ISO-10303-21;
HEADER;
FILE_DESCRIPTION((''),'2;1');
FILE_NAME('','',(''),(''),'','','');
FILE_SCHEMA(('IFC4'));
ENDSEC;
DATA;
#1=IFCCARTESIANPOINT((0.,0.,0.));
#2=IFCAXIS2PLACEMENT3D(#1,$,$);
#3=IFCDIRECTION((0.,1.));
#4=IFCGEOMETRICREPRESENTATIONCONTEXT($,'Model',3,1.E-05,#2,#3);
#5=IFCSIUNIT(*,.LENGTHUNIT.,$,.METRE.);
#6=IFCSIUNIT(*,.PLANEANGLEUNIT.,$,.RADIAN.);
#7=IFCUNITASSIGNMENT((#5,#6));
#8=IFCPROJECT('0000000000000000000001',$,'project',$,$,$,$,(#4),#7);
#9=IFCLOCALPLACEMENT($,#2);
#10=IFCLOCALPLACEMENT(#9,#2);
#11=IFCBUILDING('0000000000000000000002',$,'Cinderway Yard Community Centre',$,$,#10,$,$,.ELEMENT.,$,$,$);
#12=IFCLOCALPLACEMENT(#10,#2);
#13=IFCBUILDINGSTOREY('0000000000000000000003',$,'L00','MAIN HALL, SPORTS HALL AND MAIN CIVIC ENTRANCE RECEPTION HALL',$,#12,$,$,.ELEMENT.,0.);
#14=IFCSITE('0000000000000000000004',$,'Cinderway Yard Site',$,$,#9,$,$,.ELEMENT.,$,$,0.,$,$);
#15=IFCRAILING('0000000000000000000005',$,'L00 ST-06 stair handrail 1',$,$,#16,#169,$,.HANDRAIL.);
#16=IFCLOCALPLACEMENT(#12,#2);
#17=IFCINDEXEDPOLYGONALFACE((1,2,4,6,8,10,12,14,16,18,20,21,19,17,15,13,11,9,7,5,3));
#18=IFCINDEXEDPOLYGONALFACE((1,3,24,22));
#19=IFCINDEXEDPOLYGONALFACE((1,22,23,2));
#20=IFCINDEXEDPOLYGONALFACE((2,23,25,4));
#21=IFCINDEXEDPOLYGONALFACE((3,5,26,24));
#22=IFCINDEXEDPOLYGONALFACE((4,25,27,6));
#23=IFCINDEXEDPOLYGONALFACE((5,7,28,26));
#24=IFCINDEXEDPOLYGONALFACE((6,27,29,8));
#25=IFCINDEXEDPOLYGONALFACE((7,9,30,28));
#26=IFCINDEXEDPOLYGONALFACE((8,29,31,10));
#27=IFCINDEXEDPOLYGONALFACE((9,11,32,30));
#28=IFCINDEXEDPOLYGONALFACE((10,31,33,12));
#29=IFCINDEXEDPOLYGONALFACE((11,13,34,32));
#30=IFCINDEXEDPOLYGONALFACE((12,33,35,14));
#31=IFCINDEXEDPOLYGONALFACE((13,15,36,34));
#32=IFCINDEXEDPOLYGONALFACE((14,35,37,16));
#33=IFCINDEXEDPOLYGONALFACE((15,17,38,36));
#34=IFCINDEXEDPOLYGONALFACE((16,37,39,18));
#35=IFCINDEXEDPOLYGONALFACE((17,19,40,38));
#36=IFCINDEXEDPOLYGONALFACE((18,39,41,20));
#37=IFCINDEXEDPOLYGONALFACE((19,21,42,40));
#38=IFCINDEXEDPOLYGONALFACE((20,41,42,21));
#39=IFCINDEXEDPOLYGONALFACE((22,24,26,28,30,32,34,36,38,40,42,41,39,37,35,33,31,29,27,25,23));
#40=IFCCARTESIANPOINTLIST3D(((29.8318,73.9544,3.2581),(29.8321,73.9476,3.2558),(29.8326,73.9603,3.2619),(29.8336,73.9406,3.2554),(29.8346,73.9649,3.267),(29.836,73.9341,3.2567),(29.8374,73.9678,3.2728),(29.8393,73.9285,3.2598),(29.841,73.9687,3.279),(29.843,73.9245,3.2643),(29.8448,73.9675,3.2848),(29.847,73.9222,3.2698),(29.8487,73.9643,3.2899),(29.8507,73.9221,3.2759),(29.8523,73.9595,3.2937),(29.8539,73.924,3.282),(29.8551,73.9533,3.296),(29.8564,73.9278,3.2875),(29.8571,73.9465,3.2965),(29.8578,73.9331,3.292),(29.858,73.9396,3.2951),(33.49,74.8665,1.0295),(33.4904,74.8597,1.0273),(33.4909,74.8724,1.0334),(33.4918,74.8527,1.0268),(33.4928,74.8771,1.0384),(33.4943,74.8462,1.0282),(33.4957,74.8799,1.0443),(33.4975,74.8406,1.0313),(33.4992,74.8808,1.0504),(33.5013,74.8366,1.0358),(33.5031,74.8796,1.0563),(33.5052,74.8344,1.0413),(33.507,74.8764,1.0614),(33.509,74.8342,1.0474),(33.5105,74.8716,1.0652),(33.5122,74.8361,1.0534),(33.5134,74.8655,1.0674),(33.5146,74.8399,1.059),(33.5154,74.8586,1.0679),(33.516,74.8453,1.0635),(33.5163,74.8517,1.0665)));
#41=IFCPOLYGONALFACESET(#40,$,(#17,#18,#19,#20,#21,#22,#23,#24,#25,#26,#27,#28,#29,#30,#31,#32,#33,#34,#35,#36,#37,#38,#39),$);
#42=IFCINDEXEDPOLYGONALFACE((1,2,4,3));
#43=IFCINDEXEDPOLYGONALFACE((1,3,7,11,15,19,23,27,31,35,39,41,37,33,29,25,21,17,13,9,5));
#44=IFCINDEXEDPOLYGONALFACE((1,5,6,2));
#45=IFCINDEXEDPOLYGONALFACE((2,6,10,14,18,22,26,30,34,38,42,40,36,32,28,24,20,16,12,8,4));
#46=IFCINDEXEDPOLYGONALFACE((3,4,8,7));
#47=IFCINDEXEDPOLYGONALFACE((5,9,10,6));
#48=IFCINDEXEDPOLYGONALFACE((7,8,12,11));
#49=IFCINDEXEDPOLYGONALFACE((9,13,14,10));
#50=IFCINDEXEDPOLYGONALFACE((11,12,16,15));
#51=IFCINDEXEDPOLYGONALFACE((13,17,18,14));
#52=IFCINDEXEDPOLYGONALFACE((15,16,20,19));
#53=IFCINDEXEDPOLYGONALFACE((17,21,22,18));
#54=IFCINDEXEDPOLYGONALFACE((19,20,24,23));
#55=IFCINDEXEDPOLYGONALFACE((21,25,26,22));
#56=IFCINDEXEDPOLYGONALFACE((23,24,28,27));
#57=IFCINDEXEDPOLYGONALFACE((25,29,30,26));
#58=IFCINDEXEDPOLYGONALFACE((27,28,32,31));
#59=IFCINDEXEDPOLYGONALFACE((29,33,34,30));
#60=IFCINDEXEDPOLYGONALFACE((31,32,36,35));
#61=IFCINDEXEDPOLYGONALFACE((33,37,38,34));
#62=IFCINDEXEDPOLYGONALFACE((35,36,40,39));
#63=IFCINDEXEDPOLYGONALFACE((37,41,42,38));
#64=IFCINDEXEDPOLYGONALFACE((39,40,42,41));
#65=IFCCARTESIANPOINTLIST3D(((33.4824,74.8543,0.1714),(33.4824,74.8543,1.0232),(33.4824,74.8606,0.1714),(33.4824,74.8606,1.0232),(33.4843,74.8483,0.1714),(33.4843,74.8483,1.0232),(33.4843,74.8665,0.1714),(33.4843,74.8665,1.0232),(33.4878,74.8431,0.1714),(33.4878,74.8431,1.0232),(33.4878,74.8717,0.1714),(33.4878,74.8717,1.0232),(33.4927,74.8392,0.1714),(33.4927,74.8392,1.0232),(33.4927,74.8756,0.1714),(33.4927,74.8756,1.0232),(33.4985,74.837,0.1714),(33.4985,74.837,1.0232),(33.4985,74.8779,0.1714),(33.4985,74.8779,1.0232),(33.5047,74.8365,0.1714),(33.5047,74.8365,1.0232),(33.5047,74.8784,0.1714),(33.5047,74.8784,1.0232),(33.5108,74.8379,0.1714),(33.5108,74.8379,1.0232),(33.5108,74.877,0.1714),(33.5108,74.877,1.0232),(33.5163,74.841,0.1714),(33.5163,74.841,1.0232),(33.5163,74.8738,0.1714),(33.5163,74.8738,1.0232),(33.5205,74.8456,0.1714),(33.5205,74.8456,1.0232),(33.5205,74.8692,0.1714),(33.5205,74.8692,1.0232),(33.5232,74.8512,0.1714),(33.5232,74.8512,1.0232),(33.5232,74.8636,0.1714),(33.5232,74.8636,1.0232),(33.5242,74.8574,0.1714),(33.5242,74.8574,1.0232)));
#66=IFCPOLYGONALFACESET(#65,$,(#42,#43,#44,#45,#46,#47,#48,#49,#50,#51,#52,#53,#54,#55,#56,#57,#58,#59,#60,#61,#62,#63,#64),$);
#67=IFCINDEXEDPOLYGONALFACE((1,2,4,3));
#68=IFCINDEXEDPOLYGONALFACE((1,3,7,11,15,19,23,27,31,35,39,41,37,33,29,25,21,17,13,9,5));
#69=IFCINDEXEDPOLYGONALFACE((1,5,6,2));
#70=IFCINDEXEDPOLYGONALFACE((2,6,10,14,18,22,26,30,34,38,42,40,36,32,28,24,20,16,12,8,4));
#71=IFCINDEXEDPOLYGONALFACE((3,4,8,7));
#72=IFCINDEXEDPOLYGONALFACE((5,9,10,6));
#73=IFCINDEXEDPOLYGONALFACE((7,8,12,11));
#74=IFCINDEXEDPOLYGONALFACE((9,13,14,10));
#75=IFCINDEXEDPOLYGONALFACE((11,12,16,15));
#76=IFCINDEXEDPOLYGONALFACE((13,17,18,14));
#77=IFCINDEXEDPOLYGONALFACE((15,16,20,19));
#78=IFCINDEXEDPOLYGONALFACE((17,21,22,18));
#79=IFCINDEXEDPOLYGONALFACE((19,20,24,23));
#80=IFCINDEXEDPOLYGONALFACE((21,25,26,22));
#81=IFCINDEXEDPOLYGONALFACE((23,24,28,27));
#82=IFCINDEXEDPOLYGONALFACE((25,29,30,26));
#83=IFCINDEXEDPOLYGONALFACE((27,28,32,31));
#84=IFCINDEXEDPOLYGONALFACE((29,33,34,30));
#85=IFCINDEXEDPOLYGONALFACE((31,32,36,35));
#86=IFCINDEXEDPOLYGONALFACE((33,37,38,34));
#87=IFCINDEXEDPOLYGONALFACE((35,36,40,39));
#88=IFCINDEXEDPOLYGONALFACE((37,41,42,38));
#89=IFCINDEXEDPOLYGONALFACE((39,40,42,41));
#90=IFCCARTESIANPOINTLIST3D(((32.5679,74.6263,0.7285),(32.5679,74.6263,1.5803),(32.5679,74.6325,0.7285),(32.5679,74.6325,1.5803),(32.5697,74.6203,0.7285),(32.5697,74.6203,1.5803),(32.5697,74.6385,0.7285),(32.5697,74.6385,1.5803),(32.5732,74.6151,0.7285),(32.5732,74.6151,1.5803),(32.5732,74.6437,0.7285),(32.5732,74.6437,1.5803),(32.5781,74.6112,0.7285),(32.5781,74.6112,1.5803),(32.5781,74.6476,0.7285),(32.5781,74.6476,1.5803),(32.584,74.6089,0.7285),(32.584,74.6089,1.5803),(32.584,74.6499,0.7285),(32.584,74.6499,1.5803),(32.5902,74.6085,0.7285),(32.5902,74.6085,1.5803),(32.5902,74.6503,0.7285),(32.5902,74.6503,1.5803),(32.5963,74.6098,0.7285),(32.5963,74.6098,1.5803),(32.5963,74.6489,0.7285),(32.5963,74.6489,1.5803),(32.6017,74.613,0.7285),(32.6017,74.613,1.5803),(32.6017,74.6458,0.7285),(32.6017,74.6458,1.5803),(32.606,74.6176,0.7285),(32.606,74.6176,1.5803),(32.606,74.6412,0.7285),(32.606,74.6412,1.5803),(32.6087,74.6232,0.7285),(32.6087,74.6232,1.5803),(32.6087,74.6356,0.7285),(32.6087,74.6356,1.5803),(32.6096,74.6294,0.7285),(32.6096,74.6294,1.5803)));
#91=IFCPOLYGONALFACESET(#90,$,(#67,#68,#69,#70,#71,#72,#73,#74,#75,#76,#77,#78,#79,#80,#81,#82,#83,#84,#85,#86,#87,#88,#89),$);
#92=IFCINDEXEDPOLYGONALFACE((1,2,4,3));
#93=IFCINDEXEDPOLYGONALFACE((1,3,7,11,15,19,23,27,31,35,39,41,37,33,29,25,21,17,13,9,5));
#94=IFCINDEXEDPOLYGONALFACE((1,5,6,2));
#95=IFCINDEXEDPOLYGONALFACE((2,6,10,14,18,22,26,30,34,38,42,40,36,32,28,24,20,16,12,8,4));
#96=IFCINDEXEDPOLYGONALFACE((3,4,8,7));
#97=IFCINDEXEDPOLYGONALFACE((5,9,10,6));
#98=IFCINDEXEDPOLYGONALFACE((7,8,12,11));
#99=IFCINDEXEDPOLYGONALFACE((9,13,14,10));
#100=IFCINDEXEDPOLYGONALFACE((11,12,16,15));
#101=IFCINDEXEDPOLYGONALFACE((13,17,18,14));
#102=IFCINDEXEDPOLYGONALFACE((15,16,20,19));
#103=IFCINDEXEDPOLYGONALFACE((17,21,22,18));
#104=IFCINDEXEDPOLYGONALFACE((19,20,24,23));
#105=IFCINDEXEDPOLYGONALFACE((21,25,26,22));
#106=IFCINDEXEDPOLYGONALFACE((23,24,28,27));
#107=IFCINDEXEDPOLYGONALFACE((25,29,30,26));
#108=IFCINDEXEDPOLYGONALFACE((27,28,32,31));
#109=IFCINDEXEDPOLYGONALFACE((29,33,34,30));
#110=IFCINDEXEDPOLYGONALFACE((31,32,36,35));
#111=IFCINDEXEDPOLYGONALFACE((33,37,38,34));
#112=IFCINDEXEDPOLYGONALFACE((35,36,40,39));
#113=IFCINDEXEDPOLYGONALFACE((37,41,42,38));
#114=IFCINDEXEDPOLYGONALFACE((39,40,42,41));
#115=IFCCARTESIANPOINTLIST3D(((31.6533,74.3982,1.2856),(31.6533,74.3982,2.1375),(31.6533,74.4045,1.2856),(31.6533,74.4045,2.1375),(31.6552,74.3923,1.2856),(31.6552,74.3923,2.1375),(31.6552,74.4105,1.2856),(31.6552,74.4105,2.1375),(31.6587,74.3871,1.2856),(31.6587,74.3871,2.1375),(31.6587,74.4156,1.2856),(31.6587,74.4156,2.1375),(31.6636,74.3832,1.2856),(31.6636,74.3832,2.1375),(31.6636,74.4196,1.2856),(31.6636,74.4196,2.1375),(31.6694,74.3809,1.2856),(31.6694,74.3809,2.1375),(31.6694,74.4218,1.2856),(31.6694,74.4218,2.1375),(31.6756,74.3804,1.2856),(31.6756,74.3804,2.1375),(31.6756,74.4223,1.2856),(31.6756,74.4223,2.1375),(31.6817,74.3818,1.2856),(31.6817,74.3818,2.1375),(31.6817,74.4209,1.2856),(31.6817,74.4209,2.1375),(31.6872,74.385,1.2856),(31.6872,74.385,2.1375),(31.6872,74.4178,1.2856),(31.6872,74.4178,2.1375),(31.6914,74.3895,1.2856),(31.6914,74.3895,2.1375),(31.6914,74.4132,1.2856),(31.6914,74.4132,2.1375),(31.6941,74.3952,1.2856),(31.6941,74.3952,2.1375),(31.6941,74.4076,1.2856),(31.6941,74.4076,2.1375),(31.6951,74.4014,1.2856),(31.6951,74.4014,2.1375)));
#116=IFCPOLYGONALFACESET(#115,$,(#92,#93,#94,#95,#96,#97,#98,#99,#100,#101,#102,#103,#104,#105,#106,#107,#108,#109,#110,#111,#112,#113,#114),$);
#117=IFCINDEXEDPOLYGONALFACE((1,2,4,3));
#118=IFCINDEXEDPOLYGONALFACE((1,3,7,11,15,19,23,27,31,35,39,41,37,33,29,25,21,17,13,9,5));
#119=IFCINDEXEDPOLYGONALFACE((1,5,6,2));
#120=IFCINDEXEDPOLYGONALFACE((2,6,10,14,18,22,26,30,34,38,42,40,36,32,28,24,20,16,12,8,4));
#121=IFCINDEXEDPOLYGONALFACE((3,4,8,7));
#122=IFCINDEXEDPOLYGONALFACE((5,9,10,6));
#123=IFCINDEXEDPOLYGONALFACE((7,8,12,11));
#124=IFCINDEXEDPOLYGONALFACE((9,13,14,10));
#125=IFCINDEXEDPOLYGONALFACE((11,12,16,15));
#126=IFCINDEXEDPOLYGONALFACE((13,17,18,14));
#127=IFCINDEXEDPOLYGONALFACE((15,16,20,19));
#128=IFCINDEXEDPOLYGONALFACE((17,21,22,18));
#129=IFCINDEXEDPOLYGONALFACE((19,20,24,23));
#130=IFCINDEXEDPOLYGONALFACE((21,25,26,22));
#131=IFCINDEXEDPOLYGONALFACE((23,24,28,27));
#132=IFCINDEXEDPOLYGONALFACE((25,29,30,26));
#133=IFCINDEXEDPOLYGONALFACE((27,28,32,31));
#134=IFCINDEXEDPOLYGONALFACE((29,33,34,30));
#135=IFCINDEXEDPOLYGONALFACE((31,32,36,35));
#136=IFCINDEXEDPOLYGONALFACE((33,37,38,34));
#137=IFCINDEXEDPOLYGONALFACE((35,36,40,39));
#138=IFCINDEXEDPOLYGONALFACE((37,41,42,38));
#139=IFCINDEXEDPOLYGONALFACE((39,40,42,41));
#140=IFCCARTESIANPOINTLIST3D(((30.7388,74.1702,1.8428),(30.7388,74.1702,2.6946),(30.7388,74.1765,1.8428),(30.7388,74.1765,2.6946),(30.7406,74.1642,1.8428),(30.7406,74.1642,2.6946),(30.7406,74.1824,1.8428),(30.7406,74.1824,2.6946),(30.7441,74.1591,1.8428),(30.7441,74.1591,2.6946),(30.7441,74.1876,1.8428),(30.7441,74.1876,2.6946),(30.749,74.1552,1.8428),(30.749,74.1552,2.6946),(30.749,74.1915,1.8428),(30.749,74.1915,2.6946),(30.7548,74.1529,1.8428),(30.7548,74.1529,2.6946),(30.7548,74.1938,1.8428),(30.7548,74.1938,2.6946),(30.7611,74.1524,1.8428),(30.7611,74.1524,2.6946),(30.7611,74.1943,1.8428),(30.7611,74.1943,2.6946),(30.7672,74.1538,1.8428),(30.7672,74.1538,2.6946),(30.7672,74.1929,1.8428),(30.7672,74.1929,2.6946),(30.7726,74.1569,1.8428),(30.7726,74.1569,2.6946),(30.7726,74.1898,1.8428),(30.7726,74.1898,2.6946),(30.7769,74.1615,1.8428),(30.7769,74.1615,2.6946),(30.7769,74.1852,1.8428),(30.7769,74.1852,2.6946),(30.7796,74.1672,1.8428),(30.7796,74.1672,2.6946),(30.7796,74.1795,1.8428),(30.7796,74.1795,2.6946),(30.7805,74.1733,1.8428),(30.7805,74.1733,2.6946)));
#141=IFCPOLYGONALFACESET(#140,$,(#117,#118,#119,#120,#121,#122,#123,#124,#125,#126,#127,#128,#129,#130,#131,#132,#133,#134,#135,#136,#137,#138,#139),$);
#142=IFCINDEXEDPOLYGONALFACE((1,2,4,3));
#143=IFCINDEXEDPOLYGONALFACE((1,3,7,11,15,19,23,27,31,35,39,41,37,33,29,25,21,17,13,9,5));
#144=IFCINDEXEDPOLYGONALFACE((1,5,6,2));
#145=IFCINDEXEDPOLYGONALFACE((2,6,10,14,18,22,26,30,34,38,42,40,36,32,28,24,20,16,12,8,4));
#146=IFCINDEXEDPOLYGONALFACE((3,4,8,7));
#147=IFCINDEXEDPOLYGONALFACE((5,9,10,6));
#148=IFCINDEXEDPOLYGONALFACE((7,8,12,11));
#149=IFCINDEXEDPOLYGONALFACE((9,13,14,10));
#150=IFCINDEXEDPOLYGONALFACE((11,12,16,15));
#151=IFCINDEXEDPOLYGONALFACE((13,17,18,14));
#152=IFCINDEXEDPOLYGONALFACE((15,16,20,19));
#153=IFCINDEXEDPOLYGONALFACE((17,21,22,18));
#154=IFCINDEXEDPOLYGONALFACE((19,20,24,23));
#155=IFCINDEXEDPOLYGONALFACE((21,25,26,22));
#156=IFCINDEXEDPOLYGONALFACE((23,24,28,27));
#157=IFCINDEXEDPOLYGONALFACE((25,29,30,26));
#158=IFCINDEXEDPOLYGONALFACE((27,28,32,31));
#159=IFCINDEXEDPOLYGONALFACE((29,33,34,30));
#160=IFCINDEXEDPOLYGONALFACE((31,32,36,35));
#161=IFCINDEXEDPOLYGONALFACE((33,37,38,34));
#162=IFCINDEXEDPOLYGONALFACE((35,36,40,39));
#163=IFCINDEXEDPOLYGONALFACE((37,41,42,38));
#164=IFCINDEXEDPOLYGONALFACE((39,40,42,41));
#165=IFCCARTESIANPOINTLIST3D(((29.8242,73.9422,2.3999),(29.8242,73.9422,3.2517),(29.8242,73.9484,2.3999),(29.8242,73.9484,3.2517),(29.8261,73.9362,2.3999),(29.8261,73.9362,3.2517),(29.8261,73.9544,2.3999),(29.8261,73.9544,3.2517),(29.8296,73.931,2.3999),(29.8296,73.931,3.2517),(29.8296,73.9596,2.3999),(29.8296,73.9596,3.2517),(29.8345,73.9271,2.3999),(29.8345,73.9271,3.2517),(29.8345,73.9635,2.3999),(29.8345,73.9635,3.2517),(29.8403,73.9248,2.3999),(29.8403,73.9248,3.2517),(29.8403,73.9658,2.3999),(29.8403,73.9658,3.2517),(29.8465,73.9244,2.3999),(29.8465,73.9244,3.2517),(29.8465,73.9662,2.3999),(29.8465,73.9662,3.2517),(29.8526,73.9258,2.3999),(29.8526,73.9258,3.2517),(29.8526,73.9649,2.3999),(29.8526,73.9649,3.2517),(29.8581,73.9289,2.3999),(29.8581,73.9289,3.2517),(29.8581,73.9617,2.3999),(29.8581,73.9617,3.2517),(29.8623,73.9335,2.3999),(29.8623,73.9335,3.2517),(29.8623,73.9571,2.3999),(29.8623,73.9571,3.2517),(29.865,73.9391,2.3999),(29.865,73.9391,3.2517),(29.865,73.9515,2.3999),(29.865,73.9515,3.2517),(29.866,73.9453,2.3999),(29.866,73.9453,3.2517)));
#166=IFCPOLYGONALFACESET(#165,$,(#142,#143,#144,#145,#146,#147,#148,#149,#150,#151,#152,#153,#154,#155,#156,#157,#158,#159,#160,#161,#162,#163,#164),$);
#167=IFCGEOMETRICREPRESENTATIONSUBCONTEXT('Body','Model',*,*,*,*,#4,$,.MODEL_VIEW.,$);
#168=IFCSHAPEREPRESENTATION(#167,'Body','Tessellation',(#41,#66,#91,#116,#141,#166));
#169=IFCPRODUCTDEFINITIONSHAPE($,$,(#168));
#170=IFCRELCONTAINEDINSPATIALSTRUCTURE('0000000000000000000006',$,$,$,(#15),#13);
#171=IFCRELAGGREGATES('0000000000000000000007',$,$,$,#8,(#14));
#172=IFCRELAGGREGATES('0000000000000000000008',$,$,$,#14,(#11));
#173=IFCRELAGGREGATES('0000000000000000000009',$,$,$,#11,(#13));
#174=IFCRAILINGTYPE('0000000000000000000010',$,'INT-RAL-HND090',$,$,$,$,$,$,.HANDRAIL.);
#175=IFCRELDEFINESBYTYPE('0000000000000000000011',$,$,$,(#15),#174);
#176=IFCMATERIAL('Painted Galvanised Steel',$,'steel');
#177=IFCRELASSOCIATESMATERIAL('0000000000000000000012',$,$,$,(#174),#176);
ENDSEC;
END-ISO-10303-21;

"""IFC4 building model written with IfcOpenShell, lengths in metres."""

from ifc_helpers import new_model, si_unit, direction, frame, origin, origin_2d, place, context, subcontext, project, spatial, circle, extrude, material, type_object, element, save


model = new_model("IFC4")

# Units and contexts
model_context = context("Model", 3, precision=1e-05, world=origin(), true_north=direction((0.0, 1.0)))
body_context = subcontext(model_context, "Body", "Model", "MODEL_VIEW")
ifc_project = project(units=[si_unit("LENGTHUNIT", "METRE"), si_unit("PLANEANGLEUNIT", "RADIAN")], contexts=[model_context])

# Site, building, storey
site_placement = place(None, origin())
site = spatial("IfcSite", under=ifc_project, at=site_placement, Name="Cinderway Yard Site", CompositionType="ELEMENT", RefElevation=0.0)
building_placement = place(site_placement, origin())
building = spatial("IfcBuilding", under=site, at=building_placement, Name="Cinderway Yard Community Centre", CompositionType="ELEMENT")
storey_placement = place(building_placement, origin())
storey = spatial("IfcBuildingStorey", under=building, at=storey_placement, Name="L00", Description="MAIN HALL, SPORTS HALL AND MAIN CIVIC ENTRANCE RECEPTION HALL", CompositionType="ELEMENT", Elevation=0.0)

# Shared definitions
ifc_material_1 = material(Name="Painted Galvanised Steel", Category="steel")

# Railing
railing_type_1 = type_object("IfcRailingType", Name="INT-RAL-HND090", PredefinedType="HANDRAIL", material=ifc_material_1)
railing_1_placement = place(storey_placement, frame((33.5032, 74.8574, 0.1714)))
element("IfcRailing", 1, at=railing_1_placement, inside=storey, type_object=railing_type_1, Name="L00 ST-06 stair handrail 1", PredefinedType="HANDRAIL", context=body_context, shape_type="SweptSolid", body=[
    extrude(circle(Radius=0.0239, at=origin_2d()), frame((0.0, 0.0, 0.876), z_axis=(-0.835287, -0.208264, 0.508843), x_axis=(0.241926, -0.970295, 0.0)), (0.0, 0.0, 1.0), 4.3796),
    extrude(circle(Radius=0.021, at=origin_2d()), origin(), (0.0, 0.0, 1.0), 0.8518),
    extrude(circle(Radius=0.021, at=origin_2d()), frame((-0.9146, -0.228, 0.5571)), (0.0, 0.0, 1.0), 0.8518),
    extrude(circle(Radius=0.021, at=origin_2d()), frame((-1.8291, -0.4561, 1.1143)), (0.0, 0.0, 1.0), 0.8518),
    extrude(circle(Radius=0.021, at=origin_2d()), frame((-2.7437, -0.6841, 1.6714)), (0.0, 0.0, 1.0), 0.8518),
    extrude(circle(Radius=0.021, at=origin_2d()), frame((-3.6582, -0.9121, 2.2285)), (0.0, 0.0, 1.0), 0.8518),
])

save(model, "model.ifc")
